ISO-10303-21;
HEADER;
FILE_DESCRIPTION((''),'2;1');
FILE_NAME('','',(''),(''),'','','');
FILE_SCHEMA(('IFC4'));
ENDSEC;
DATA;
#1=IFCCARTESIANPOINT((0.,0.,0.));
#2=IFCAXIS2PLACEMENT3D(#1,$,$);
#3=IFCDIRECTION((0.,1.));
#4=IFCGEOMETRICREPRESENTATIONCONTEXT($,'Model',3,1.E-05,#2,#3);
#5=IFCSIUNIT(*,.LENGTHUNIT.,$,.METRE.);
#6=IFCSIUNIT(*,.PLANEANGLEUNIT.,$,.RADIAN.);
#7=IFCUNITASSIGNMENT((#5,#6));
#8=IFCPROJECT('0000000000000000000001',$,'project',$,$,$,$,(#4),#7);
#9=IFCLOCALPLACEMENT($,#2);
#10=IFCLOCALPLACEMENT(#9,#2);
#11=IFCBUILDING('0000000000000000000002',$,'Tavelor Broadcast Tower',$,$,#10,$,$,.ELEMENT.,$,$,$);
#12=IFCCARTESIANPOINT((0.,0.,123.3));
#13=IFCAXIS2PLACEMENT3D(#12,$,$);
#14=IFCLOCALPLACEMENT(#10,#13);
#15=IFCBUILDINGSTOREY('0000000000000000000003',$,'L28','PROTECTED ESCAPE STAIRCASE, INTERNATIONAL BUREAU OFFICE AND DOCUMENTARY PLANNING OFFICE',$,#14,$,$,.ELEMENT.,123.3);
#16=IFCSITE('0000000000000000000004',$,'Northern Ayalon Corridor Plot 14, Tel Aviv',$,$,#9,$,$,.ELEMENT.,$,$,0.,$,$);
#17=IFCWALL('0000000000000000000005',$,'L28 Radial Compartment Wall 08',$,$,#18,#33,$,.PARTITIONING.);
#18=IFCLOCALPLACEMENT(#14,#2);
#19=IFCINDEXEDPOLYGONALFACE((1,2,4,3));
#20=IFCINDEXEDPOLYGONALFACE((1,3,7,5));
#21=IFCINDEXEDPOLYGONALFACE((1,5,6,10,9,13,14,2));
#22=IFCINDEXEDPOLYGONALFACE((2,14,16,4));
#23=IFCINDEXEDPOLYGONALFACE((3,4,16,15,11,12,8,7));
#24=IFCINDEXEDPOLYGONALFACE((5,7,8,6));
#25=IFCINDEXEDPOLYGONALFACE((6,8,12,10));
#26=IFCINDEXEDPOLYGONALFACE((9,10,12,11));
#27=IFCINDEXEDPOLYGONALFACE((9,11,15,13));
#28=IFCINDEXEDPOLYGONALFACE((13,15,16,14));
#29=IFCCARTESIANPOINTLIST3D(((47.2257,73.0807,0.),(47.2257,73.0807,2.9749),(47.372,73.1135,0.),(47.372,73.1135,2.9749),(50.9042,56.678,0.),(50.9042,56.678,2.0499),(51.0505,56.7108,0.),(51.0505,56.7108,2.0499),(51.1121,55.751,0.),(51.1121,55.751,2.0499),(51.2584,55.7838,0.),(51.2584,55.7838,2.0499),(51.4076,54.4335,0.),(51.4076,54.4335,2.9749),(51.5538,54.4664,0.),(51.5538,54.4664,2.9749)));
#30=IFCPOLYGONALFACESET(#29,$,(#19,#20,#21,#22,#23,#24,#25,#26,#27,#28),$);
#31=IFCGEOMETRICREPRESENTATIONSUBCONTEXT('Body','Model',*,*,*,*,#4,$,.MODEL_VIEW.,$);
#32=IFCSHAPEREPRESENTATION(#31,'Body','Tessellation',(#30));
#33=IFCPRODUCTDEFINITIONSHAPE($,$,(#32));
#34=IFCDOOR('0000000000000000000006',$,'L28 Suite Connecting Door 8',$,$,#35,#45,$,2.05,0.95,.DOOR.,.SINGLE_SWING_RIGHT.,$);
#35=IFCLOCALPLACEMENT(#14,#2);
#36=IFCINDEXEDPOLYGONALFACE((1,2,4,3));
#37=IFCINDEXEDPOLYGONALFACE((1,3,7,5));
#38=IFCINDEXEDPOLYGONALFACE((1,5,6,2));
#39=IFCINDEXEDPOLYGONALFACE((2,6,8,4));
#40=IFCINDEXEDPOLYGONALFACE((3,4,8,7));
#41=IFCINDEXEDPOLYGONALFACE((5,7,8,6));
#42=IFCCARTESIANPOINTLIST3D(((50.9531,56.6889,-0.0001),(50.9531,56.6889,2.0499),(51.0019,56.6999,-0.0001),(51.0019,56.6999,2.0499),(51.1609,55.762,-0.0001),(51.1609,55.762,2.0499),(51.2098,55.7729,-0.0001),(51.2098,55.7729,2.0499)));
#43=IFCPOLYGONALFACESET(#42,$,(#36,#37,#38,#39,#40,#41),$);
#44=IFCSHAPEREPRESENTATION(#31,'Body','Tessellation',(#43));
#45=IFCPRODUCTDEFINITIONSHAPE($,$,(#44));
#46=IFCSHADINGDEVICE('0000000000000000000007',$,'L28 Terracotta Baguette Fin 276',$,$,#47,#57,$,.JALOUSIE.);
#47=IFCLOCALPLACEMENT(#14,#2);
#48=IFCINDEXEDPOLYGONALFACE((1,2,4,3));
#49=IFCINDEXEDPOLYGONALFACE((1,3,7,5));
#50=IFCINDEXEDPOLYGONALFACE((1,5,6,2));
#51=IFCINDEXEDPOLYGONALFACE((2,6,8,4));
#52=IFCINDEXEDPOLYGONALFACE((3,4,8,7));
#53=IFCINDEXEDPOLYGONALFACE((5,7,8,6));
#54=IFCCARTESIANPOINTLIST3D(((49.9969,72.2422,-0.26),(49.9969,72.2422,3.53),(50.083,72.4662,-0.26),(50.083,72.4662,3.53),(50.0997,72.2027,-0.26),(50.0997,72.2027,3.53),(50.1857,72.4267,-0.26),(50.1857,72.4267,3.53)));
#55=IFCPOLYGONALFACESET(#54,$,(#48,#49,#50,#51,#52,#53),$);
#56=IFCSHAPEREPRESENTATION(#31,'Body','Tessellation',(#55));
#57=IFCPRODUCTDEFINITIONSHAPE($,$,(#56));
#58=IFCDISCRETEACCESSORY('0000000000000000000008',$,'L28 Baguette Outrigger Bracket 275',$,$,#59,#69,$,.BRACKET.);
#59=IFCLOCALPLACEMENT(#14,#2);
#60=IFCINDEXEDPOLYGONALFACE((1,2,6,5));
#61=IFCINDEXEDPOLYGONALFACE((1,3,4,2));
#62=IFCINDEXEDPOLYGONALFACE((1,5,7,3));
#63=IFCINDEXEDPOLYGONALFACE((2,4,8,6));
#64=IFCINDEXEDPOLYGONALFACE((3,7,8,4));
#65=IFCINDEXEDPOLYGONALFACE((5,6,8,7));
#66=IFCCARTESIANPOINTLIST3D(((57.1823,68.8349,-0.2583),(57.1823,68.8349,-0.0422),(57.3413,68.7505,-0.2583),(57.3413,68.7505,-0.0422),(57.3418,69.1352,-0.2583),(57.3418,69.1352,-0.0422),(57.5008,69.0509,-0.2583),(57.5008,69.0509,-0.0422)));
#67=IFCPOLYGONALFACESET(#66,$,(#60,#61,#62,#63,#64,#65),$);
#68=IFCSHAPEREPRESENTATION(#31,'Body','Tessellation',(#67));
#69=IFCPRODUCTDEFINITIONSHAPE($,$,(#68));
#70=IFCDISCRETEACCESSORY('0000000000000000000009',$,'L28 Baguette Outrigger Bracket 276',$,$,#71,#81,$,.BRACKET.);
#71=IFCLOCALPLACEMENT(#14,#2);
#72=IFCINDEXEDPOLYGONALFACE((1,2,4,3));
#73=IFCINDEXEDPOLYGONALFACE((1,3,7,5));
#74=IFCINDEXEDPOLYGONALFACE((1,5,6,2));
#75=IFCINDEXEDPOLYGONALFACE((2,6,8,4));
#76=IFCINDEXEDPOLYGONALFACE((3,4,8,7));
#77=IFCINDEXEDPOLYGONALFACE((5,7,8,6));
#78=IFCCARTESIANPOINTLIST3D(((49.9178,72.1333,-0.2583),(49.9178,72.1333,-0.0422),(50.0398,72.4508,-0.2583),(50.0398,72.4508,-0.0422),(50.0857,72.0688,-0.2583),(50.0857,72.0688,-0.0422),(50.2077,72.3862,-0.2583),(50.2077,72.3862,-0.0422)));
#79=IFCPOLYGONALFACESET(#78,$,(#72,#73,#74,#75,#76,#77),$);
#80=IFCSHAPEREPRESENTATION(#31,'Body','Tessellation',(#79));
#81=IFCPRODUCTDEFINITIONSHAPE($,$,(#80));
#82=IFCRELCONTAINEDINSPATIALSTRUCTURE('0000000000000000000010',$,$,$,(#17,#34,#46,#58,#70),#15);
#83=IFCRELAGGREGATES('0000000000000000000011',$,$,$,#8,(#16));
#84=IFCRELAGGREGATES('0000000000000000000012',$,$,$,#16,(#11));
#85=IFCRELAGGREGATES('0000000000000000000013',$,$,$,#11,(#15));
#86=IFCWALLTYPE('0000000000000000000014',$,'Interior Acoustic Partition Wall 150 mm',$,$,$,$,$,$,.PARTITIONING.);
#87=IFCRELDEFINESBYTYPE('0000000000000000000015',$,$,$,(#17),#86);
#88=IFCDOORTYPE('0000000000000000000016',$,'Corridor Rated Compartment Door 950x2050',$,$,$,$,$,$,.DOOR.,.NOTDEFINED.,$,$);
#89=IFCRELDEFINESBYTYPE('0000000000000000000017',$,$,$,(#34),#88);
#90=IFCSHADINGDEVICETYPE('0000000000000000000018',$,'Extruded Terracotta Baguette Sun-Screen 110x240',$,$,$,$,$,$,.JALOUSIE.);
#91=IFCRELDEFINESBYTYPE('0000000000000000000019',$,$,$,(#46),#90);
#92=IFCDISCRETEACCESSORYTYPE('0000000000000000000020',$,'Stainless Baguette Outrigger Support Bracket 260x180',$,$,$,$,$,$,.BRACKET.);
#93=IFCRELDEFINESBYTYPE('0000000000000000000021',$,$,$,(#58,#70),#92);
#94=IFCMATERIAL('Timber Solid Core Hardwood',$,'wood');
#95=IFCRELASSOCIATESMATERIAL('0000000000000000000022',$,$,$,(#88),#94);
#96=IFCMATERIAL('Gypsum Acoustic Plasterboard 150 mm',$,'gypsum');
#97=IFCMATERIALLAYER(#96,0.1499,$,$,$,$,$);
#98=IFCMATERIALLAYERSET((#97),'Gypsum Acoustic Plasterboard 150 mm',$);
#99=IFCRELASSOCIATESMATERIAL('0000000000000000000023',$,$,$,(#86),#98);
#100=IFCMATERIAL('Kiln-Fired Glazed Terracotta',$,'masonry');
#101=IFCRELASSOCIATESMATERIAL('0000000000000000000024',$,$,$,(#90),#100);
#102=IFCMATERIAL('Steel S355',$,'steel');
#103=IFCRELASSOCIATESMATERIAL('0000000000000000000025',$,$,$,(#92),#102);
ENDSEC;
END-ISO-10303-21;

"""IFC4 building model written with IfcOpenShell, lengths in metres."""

from ifc_helpers import new_model, si_unit, direction, frame, frame_2d, origin, origin_2d, place, context, subcontext, project, spatial, rectangle, extrude, source, transform, mapped, material, layer, layer_set, type_object, type_shapes, element, fill, save


model = new_model("IFC4")

# Units and contexts
model_context = context("Model", 3, precision=1e-05, world=origin(), true_north=direction((0.0, 1.0)))
body_context = subcontext(model_context, "Body", "Model", "MODEL_VIEW")
ifc_project = project(units=[si_unit("LENGTHUNIT", "METRE"), si_unit("PLANEANGLEUNIT", "RADIAN")], contexts=[model_context])

# Site, building, storey
site_placement = place(None, origin())
site = spatial("IfcSite", under=ifc_project, at=site_placement, Name="Northern Ayalon Corridor Plot 14, Tel Aviv", CompositionType="ELEMENT", RefElevation=0.0)
building_placement = place(site_placement, origin())
building = spatial("IfcBuilding", under=site, at=building_placement, Name="Tavelor Broadcast Tower", CompositionType="ELEMENT")
storey_placement = place(building_placement, frame((0.0, 0.0, 123.3)))
storey = spatial("IfcBuildingStorey", under=building, at=storey_placement, Name="L28", Description="PROTECTED ESCAPE STAIRCASE, INTERNATIONAL BUREAU OFFICE AND DOCUMENTARY PLANNING OFFICE", CompositionType="ELEMENT", Elevation=123.3)

# Shared definitions
ifc_material_1 = material(Name="Steel S355", Category="steel")

# Shared definitions
ifc_material_2 = material(Name="Timber Solid Core Hardwood", Category="wood")
door_type = type_object("IfcDoorType", Name="Corridor Rated Compartment Door 950x2050", OperationType="NOTDEFINED", PredefinedType="DOOR", material=ifc_material_2)

# Shared definitions
ifc_material_3 = material(Name="Gypsum Acoustic Plasterboard 150 mm", Category="gypsum")
ifc_layer_1 = layer(ifc_material_3, 0.1499)
ifc_layer_set_1 = layer_set([ifc_layer_1], Name="Gypsum Acoustic Plasterboard 150 mm")
wall_type_1 = type_object("IfcWallType", Name="Interior Acoustic Partition Wall 150 mm", PredefinedType="PARTITIONING", material=ifc_layer_set_1)

# Wall, opening, door
wall_1_placement = place(storey_placement, frame((51.4807, 54.45, 0.0), z_axis=(0.0, 0.0, 1.0), x_axis=(-0.218828, 0.975763, 0.0)))
wall_1 = element("IfcWall", 1, at=wall_1_placement, inside=storey, type_object=wall_type_1, Name="L28 Radial Compartment Wall 08", PredefinedType="PARTITIONING", context=body_context, shape_type="SweptSolid", body=[
    extrude(rectangle(XDim=19.1104, YDim=0.1499, at=frame_2d((9.5552, 0.0))), origin(), (0.0, 0.0, 1.0), 2.9749),
])
opening_1_placement = place(wall_1_placement, frame((1.3501, 0.0, 0.0)))
opening_1 = element("IfcOpeningElement", 2, at=opening_1_placement, cuts=wall_1, PredefinedType="OPENING", context=body_context, shape_type="SweptSolid", body=[
    extrude(rectangle(XDim=0.95, YDim=2.05, at=frame_2d((0.4751, 1.0249))), frame((0.0, 0.085, 0.0), z_axis=(0.0, -1.0, 0.0), x_axis=(1.0, 0.0, 0.0)), (0.0, 0.0, 1.0), 0.1699),
])
door_1_placement = place(opening_1_placement, origin())
door_1 = element("IfcDoor", 3, at=door_1_placement, inside=storey, type_object=door_type, Name="L28 Suite Connecting Door 8", OperationType="SINGLE_SWING_RIGHT", OverallHeight=2.05, OverallWidth=0.95, PredefinedType="DOOR", context=body_context, shape_type="SweptSolid", body=[
    extrude(rectangle(XDim=0.95, YDim=2.05, at=frame_2d((0.4751, 1.0249))), frame((0.0, 0.0249, 0.0), z_axis=(0.0, -1.0, 0.0), x_axis=(1.0, 0.0, 0.0)), (0.0, 0.0, 1.0), 0.05),
])
fill(opening_1, door_1)

# Shading device
ifc_material_4 = material(Name="Kiln-Fired Glazed Terracotta", Category="masonry")
shading_device_type = type_object("IfcShadingDeviceType", Name="Extruded Terracotta Baguette Sun-Screen 110x240", PredefinedType="JALOUSIE", material=ifc_material_4)
shared_shape_1 = source(origin(), body_context, "Body", "SweptSolid", [
    extrude(rectangle(XDim=0.1101, YDim=0.24, at=origin_2d()), origin(), (0.0, 0.0, 1.0), 3.79),
])
type_shapes(shading_device_type, [shared_shape_1])
shading_device_placement = place(storey_placement, frame((50.0913, 72.3345, -0.26), z_axis=(0.0, 0.0, 1.0), x_axis=(-0.933455, 0.358694, 0.0)))
element("IfcShadingDevice", 4, at=shading_device_placement, inside=storey, type_object=shading_device_type, Name="L28 Terracotta Baguette Fin 276", PredefinedType="JALOUSIE", context=body_context, shape_type="MappedRepresentation", body=[
    mapped(shared_shape_1, transform((0.0, 0.0, 0.0), scale=1.0)),
])

# Discrete accessories
discrete_accessory_type = type_object("IfcDiscreteAccessoryType", Name="Stainless Baguette Outrigger Support Bracket 260x180", PredefinedType="BRACKET", material=ifc_material_1)
shared_shape_2 = source(origin(), body_context, "Body", "SweptSolid", [
    extrude(rectangle(XDim=0.1799, YDim=0.3401, at=origin_2d()), origin(), (0.0, 0.0, 1.0), 0.2161),
])
type_shapes(discrete_accessory_type, [shared_shape_2])
for number, where, z_axis, x_axis, name in (
    (5, (57.3416, 68.9429, -0.2583), (0.0, 0.0, 1.0), (-0.883193, 0.469009, 0.0), "L28 Baguette Outrigger Bracket 275"),
    (6, (50.0627, 72.2598, -0.2583), (0.0, 0.0, 1.0), (-0.933455, 0.358694, 0.0), "L28 Baguette Outrigger Bracket 276"),
):
    element("IfcDiscreteAccessory", number, at=place(storey_placement, frame(where, z_axis=z_axis, x_axis=x_axis)), inside=storey, type_object=discrete_accessory_type, Name=name, PredefinedType="BRACKET", context=body_context, shape_type="MappedRepresentation", body=[
        mapped(shared_shape_2, transform((0.0, 0.0, 0.0), scale=1.0)),
    ])

save(model, "model.ifc")
